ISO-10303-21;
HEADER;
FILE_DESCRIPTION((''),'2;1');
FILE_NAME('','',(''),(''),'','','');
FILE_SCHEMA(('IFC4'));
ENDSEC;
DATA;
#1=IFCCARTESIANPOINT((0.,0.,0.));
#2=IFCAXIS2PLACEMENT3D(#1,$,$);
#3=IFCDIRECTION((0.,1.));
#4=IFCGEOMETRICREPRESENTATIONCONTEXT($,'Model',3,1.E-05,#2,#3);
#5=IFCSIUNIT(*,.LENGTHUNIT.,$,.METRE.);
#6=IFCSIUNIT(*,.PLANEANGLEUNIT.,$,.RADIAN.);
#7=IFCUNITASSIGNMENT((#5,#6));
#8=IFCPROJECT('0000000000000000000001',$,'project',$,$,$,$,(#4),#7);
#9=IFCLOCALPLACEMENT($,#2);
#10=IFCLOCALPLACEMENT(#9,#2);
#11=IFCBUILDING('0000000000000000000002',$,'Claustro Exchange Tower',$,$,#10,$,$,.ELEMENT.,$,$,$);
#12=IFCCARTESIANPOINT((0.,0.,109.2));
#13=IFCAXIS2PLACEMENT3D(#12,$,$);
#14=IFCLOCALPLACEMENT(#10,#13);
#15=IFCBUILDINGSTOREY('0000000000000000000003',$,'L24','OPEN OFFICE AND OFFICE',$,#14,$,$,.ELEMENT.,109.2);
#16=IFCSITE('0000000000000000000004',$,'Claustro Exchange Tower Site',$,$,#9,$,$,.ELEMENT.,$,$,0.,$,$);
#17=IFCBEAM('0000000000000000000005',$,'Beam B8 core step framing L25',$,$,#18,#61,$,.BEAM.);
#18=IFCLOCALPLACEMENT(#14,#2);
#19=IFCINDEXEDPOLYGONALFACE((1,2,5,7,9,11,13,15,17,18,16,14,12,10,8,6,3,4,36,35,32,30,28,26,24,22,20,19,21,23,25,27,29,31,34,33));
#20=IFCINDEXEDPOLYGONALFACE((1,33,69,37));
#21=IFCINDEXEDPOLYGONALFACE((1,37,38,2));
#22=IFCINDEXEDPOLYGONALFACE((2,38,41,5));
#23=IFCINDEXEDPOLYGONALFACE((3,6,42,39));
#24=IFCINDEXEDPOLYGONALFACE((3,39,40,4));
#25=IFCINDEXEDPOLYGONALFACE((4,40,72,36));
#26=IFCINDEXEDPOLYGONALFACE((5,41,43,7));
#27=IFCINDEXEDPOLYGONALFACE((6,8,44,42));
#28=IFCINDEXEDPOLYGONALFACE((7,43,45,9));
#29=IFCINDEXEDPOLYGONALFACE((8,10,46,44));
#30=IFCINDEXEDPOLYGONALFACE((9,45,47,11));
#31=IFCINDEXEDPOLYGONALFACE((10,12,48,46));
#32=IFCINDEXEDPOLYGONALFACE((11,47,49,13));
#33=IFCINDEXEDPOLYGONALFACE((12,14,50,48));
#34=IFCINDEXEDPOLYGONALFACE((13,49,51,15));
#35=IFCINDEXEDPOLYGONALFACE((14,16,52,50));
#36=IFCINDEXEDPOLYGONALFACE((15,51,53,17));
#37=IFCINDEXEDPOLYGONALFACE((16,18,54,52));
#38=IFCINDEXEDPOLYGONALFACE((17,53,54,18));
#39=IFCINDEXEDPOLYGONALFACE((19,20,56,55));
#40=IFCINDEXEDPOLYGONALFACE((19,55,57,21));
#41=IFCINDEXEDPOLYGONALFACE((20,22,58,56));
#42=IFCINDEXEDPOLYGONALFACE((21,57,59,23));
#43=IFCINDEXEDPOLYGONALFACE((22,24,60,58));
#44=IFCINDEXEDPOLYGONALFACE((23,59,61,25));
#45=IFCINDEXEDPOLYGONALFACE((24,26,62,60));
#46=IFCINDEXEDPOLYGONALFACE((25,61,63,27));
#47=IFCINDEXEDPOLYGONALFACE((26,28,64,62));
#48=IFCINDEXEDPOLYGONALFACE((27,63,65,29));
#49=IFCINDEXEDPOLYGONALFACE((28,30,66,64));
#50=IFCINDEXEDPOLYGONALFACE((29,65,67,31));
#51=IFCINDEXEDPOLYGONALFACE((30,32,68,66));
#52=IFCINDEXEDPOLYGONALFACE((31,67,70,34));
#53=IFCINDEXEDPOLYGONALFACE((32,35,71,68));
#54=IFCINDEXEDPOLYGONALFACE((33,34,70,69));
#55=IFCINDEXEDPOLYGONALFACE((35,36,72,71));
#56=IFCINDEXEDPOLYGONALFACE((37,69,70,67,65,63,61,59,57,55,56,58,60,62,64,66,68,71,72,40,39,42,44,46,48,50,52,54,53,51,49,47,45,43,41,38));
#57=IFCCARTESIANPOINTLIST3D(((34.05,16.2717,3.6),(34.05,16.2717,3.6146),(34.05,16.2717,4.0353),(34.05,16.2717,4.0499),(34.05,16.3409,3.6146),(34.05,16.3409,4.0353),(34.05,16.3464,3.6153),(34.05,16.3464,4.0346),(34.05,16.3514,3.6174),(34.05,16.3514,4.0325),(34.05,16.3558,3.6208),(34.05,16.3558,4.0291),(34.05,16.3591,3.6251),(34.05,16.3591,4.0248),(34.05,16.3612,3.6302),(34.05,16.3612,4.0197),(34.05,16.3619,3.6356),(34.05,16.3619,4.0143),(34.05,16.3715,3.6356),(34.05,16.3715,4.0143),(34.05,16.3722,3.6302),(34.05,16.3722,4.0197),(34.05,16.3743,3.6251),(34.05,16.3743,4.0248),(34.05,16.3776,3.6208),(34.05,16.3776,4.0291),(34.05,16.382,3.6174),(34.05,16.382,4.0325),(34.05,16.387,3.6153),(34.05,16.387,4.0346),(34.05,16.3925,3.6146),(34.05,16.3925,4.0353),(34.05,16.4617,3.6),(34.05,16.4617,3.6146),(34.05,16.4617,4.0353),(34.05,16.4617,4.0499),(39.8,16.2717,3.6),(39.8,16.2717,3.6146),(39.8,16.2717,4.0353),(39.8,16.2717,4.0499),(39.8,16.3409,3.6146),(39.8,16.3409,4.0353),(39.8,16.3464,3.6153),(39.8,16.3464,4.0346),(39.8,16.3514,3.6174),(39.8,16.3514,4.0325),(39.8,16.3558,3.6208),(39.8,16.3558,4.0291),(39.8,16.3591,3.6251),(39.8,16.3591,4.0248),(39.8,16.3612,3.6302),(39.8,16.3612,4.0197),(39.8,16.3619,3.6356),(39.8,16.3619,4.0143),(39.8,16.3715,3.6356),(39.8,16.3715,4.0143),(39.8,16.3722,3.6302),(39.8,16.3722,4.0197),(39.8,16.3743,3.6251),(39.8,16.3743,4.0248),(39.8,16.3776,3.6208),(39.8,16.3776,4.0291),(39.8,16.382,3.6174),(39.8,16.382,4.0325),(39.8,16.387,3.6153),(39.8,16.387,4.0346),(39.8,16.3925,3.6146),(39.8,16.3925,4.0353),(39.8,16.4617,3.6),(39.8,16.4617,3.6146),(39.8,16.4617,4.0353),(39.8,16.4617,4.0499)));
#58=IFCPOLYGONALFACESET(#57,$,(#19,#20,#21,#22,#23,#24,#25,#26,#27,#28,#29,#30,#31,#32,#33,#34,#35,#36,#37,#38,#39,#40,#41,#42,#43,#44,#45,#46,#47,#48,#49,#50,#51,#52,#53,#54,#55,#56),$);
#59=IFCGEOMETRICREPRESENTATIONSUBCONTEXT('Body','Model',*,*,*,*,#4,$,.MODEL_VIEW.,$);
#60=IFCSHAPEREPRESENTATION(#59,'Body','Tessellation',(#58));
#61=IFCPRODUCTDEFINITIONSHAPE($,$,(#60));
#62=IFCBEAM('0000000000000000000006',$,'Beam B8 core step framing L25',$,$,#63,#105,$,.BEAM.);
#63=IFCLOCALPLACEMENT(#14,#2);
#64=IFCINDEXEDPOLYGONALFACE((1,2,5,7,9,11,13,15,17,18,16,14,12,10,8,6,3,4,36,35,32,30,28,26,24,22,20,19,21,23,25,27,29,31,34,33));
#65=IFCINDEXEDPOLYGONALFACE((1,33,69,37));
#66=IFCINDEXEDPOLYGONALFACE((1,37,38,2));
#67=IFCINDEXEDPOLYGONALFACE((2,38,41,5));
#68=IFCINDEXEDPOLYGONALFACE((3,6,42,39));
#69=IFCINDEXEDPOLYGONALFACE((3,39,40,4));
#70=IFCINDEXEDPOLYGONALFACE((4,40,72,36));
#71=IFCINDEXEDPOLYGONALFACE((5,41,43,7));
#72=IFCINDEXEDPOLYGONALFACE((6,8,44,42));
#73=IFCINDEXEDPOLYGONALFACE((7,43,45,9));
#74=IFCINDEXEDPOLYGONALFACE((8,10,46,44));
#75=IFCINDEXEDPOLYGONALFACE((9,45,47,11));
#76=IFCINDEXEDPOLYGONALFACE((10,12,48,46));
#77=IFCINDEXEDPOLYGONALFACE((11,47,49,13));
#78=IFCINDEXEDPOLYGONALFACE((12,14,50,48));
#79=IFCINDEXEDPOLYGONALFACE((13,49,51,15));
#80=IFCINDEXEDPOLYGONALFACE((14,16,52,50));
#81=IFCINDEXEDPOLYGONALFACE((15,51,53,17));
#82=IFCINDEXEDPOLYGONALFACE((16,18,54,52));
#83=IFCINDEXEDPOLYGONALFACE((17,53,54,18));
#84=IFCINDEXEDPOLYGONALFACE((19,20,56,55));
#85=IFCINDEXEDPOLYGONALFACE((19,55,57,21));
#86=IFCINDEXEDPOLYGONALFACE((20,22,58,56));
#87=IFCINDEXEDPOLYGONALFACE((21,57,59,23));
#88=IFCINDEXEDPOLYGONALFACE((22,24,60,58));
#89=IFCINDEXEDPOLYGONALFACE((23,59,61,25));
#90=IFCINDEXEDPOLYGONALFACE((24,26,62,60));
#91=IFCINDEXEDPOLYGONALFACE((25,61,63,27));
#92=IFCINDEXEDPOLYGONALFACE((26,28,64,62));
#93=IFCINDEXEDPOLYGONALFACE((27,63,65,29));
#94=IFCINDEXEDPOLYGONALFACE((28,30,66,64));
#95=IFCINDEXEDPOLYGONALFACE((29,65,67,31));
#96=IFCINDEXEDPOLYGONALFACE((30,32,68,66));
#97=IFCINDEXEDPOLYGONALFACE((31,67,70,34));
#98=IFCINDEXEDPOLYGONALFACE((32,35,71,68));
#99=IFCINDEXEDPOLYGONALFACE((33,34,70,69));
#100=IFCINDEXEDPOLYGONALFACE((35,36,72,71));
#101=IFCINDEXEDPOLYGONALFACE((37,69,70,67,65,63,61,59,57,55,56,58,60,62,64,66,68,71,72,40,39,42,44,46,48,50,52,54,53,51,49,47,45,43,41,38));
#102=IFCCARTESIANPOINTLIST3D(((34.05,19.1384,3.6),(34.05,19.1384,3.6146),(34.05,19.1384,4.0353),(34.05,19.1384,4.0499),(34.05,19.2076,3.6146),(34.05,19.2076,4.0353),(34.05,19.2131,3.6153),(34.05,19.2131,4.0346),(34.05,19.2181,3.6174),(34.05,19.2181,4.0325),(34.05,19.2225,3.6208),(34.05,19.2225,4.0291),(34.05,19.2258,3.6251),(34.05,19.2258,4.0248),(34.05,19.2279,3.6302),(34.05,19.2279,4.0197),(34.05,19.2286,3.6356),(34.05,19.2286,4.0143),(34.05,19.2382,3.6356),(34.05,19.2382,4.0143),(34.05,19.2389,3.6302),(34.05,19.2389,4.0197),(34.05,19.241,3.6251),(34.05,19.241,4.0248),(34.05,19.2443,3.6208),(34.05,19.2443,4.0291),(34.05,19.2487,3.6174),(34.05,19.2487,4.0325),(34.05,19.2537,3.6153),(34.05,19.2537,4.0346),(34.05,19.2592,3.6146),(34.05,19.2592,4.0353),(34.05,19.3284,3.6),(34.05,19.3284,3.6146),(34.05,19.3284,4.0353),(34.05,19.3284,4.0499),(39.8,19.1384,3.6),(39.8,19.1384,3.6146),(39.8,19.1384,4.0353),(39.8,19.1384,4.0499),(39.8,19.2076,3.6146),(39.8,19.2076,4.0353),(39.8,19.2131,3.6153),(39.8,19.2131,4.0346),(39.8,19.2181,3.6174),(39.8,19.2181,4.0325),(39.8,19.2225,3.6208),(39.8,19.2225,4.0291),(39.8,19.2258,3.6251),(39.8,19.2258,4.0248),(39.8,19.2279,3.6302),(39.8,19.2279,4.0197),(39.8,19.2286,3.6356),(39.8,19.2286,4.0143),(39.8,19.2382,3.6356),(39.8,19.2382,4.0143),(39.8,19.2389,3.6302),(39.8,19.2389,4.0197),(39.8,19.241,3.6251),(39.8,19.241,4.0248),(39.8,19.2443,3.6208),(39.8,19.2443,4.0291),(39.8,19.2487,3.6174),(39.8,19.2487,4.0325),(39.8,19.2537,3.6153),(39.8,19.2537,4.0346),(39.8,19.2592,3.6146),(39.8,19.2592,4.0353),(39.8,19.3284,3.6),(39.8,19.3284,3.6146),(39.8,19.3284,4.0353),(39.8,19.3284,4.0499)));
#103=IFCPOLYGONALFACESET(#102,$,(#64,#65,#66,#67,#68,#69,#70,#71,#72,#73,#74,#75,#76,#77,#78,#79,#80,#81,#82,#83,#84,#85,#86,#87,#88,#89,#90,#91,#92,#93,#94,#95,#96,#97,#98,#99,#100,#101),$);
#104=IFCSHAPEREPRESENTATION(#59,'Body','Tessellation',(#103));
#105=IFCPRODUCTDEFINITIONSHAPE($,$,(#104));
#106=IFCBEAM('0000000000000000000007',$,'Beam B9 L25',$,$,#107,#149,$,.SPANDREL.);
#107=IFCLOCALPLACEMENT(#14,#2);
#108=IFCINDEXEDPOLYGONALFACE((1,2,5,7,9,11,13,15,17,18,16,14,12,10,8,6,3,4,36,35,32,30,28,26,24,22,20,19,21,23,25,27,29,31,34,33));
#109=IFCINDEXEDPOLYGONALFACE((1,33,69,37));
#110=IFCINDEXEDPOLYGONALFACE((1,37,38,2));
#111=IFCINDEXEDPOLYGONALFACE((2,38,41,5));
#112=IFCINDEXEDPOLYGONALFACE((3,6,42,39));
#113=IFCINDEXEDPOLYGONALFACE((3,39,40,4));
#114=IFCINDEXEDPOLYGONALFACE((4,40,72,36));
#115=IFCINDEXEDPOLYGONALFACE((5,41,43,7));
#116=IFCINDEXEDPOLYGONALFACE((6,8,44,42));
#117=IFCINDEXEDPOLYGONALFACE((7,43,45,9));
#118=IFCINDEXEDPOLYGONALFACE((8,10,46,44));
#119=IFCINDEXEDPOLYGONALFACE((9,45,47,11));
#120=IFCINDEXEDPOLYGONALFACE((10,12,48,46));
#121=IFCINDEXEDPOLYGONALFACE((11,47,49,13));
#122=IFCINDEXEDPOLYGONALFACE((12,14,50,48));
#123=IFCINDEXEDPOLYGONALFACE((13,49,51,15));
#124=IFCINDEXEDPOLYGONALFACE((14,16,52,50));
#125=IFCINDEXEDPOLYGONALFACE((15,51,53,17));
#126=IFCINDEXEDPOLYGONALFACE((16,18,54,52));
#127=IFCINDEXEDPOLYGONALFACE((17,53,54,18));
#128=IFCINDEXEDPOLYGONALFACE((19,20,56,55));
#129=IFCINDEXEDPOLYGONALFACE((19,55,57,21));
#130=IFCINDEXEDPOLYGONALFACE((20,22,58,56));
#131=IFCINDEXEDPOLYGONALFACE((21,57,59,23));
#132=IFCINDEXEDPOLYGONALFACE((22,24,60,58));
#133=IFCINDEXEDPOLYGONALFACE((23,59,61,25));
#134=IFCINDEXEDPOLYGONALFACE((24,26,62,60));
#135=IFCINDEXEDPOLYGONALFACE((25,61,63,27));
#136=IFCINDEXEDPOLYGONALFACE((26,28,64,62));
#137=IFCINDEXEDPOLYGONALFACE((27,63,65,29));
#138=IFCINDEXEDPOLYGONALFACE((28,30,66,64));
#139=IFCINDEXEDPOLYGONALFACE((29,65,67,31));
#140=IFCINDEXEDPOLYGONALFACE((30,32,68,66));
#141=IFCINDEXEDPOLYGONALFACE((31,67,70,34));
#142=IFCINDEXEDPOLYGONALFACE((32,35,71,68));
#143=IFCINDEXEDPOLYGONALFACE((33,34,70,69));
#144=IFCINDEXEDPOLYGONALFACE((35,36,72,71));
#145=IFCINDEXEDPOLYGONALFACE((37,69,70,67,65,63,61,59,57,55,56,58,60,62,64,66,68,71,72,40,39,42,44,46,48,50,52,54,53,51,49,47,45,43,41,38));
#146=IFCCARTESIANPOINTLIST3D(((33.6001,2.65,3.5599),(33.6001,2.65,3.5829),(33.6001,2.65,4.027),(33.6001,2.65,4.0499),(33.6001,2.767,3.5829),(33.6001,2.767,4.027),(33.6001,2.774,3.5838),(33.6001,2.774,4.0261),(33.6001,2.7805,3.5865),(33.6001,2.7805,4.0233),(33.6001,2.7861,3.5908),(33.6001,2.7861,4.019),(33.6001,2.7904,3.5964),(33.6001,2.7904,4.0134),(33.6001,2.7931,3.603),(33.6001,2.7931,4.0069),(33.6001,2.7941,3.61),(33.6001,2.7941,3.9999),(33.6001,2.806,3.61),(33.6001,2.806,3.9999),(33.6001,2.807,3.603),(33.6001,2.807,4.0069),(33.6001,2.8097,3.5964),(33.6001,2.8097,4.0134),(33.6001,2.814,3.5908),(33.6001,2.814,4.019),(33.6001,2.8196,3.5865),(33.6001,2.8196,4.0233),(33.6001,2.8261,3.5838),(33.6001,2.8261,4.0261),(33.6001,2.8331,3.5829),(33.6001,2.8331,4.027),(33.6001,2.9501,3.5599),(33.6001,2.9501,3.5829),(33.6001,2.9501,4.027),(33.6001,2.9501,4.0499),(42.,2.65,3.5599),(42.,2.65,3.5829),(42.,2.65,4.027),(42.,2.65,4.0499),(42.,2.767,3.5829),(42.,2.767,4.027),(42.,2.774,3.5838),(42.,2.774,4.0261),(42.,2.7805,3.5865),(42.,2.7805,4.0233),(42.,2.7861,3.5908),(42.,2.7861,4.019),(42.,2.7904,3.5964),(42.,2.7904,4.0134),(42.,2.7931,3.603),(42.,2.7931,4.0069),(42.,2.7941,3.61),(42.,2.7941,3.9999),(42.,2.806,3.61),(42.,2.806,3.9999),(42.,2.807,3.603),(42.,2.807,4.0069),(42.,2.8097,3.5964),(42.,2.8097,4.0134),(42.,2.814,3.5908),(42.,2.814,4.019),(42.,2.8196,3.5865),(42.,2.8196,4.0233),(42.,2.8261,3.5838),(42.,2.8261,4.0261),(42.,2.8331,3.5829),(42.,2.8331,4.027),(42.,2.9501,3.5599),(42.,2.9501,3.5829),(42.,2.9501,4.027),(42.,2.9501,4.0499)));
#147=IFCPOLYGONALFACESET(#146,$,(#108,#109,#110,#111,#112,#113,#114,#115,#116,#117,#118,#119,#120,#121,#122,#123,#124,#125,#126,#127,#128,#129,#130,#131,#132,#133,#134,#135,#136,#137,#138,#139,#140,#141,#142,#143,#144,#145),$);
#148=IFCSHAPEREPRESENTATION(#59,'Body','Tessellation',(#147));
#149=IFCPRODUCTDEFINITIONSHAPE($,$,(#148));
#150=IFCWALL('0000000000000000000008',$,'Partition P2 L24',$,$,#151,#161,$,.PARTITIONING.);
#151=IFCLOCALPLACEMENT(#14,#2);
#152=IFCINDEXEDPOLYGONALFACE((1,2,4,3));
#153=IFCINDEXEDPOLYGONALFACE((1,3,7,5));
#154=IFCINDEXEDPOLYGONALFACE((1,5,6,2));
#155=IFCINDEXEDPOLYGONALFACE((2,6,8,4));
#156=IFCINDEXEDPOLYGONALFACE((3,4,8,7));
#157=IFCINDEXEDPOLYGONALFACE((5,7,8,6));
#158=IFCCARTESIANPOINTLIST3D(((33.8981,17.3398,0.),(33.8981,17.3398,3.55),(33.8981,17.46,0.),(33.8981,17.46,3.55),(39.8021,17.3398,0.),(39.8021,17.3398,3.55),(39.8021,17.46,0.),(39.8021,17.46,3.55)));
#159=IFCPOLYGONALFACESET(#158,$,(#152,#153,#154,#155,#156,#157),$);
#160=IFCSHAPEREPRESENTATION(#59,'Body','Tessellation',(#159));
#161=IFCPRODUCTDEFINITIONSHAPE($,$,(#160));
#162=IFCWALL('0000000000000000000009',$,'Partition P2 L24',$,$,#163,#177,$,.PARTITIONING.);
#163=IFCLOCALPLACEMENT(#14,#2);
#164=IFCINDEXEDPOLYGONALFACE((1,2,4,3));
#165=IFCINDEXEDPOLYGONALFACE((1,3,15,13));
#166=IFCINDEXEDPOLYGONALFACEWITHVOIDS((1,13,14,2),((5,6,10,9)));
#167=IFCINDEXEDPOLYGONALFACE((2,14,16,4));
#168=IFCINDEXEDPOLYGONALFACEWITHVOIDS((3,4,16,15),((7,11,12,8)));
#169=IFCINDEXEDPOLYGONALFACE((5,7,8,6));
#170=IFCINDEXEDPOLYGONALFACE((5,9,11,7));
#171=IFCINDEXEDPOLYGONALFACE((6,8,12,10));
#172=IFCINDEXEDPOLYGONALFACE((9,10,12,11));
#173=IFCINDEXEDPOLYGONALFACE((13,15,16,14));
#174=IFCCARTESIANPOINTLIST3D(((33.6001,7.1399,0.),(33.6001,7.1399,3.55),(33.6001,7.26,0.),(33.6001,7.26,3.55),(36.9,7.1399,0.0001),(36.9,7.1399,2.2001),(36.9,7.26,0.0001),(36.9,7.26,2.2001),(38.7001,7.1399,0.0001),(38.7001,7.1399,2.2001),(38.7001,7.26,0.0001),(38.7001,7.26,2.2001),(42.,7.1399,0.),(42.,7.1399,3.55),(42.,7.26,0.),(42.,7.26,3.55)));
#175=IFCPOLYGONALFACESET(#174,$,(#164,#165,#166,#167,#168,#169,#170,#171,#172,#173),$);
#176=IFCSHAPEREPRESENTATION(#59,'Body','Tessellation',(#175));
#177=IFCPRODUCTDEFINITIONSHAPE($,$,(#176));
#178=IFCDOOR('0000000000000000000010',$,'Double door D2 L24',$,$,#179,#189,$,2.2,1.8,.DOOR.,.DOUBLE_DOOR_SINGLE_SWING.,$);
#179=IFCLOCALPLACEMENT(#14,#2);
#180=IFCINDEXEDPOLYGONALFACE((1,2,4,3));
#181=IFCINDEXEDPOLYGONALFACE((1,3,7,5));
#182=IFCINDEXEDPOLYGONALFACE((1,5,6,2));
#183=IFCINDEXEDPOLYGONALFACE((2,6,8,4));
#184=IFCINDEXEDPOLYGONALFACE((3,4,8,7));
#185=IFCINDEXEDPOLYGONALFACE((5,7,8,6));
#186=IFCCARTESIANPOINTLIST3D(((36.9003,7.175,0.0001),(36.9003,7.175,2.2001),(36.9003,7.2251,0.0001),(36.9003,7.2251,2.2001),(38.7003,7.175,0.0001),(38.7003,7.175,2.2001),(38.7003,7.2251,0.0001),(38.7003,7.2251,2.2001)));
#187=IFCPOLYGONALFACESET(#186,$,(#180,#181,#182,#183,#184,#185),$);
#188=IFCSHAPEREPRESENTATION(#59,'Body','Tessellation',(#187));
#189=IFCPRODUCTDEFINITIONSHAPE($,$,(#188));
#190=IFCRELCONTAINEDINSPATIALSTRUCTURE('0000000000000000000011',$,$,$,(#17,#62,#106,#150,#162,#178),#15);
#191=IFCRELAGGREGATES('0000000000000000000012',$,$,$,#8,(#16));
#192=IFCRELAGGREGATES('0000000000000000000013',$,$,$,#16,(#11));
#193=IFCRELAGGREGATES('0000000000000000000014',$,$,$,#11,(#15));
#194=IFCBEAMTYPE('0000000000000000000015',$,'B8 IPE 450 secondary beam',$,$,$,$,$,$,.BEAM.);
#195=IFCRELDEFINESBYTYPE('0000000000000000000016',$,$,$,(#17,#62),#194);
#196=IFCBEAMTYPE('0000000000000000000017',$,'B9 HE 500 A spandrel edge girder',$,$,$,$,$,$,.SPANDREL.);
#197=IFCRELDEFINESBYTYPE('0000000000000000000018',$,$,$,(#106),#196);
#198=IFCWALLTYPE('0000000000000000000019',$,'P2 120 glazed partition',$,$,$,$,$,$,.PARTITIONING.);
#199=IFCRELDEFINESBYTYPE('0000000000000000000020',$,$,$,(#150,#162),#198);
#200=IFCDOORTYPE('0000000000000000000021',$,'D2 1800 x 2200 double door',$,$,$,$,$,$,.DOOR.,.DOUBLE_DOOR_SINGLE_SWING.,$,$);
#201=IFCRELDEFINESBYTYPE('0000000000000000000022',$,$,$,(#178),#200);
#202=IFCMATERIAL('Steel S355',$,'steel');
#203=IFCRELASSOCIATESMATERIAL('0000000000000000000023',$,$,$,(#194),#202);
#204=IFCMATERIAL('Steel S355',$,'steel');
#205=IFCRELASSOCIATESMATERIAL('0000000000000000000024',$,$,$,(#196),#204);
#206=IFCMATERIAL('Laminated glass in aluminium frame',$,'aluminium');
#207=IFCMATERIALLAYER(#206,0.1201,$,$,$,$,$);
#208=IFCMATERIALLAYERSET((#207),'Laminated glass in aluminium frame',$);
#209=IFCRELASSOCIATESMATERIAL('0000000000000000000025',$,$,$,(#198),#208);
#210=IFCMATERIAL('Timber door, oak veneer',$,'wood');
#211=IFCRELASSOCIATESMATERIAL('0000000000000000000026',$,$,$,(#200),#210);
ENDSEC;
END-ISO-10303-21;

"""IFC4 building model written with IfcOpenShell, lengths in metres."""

from ifc_helpers import new_model, si_unit, direction, frame, frame_2d, origin, origin_2d, place, context, subcontext, project, spatial, rectangle, i_section, extrude, material, layer, layer_set, material_profile, profile_set, type_object, element, fill, save


model = new_model("IFC4")

# Units and contexts
model_context = context("Model", 3, precision=1e-05, world=origin(), true_north=direction((0.0, 1.0)))
body_context = subcontext(model_context, "Body", "Model", "MODEL_VIEW")
ifc_project = project(units=[si_unit("LENGTHUNIT", "METRE"), si_unit("PLANEANGLEUNIT", "RADIAN")], contexts=[model_context])

# Site, building, storey
site_placement = place(None, origin())
site = spatial("IfcSite", under=ifc_project, at=site_placement, Name="Claustro Exchange Tower Site", CompositionType="ELEMENT", RefElevation=0.0)
building_placement = place(site_placement, origin())
building = spatial("IfcBuilding", under=site, at=building_placement, Name="Claustro Exchange Tower", CompositionType="ELEMENT")
storey_placement = place(building_placement, frame((0.0, 0.0, 109.2)))
storey = spatial("IfcBuildingStorey", under=building, at=storey_placement, Name="L24", Description="OPEN OFFICE AND OFFICE", CompositionType="ELEMENT", Elevation=109.2)

# Beams
ifc_material_1 = material(Name="Steel S355", Category="steel")
ifc_material_profile_1 = material_profile(ifc_material_1, i_section(OverallWidth=0.1899, OverallDepth=0.45, WebThickness=0.0095, FlangeThickness=0.0146, FilletRadius=0.021, at=origin_2d()), Name="IPE 450")
ifc_profile_set_1 = profile_set([ifc_material_profile_1], Name="Steel S355")
beam_type_1 = type_object("IfcBeamType", Name="B8 IPE 450 secondary beam", PredefinedType="BEAM", material=ifc_profile_set_1)
for number, where, z_axis, x_axis, name in (
    (1, (34.05, 16.3667, 3.825), (1.0, 0.0, 0.0), (0.0, 1.0, 0.0), "Beam B8 core step framing L25"),
    (2, (34.05, 19.2334, 3.825), (1.0, 0.0, 0.0), (0.0, 1.0, 0.0), "Beam B8 core step framing L25"),
):
    element("IfcBeam", number, at=place(storey_placement, frame(where, z_axis=z_axis, x_axis=x_axis)), inside=storey, type_object=beam_type_1, Name=name, PredefinedType="BEAM", context=body_context, shape_type="SweptSolid", body=[
        extrude(i_section(OverallWidth=0.1899, OverallDepth=0.45, WebThickness=0.0095, FlangeThickness=0.0146, FilletRadius=0.021, at=origin_2d()), origin(), (0.0, 0.0, 1.0), 5.75),
    ])
ifc_material_2 = material(Name="Steel S355", Category="steel")
ifc_material_profile_2 = material_profile(ifc_material_2, i_section(OverallWidth=0.3, OverallDepth=0.49, WebThickness=0.012, FlangeThickness=0.0229, FilletRadius=0.0271, at=origin_2d()), Name="HE 500 A")
ifc_profile_set_2 = profile_set([ifc_material_profile_2], Name="Steel S355")
beam_type_2 = type_object("IfcBeamType", Name="B9 HE 500 A spandrel edge girder", PredefinedType="SPANDREL", material=ifc_profile_set_2)
beam_1_placement = place(storey_placement, frame((33.6001, 2.8, 3.8049), z_axis=(1.0, 0.0, 0.0), x_axis=(0.0, 1.0, 0.0)))
element("IfcBeam", 3, at=beam_1_placement, inside=storey, type_object=beam_type_2, Name="Beam B9 L25", PredefinedType="SPANDREL", context=body_context, shape_type="SweptSolid", body=[
    extrude(i_section(OverallWidth=0.3, OverallDepth=0.49, WebThickness=0.012, FlangeThickness=0.0229, FilletRadius=0.0271, at=origin_2d()), origin(), (0.0, 0.0, 1.0), 8.3999),
])

# Wall
ifc_material_3 = material(Name="Laminated glass in aluminium frame", Category="aluminium")
ifc_layer_1 = layer(ifc_material_3, 0.1201)
ifc_layer_set_1 = layer_set([ifc_layer_1], Name="Laminated glass in aluminium frame")
wall_type_1 = type_object("IfcWallType", Name="P2 120 glazed partition", PredefinedType="PARTITIONING", material=ifc_layer_set_1)
wall_1_placement = place(storey_placement, frame((33.8979, 17.3999, 0.0), z_axis=(0.0, 0.0, 1.0), x_axis=(1.0, 0.0, 0.0)))
element("IfcWall", 4, at=wall_1_placement, inside=storey, type_object=wall_type_1, Name="Partition P2 L24", PredefinedType="PARTITIONING", context=body_context, shape_type="SweptSolid", body=[
    extrude(rectangle(XDim=5.9041, YDim=0.1201, at=frame_2d((2.9521, 0.0))), origin(), (0.0, 0.0, 1.0), 3.55),
])

# Wall, opening, door
wall_2_placement = place(storey_placement, frame((33.6001, 7.2, 0.0), z_axis=(0.0, 0.0, 1.0), x_axis=(1.0, 0.0, 0.0)))
wall_2 = element("IfcWall", 5, at=wall_2_placement, inside=storey, type_object=wall_type_1, Name="Partition P2 L24", PredefinedType="PARTITIONING", context=body_context, shape_type="SweptSolid", body=[
    extrude(rectangle(XDim=8.3999, YDim=0.1201, at=frame_2d((4.2, 0.0))), origin(), (0.0, 0.0, 1.0), 3.55),
])
opening_1_placement = place(wall_2_placement, frame((3.3, 0.0, 0.0)))
opening_1 = element("IfcOpeningElement", 6, at=opening_1_placement, cuts=wall_2, PredefinedType="OPENING", context=body_context, shape_type="SweptSolid", body=[
    extrude(rectangle(XDim=1.8, YDim=2.2, at=frame_2d((0.8999, 1.1001))), frame((0.0, 0.0701, 0.0), z_axis=(0.0, -1.0, 0.0), x_axis=(1.0, 0.0, 0.0)), (0.0, 0.0, 1.0), 0.1401),
])
ifc_material_4 = material(Name="Timber door, oak veneer", Category="wood")
door_type_1 = type_object("IfcDoorType", Name="D2 1800 x 2200 double door", OperationType="DOUBLE_DOOR_SINGLE_SWING", PredefinedType="DOOR", material=ifc_material_4)
door_1_placement = place(opening_1_placement, frame((1.8, 0.0, 0.0), z_axis=(0.0, 0.0, 1.0), x_axis=(-1.0, 0.0, 0.0)))
door_1 = element("IfcDoor", 7, at=door_1_placement, inside=storey, type_object=door_type_1, Name="Double door D2 L24", OperationType="DOUBLE_DOOR_SINGLE_SWING", OverallHeight=2.2, OverallWidth=1.8, PredefinedType="DOOR", context=body_context, shape_type="SweptSolid", body=[
    extrude(rectangle(XDim=1.8, YDim=2.2, at=frame_2d((0.8999, 1.1001))), frame((0.0, 0.0249, 0.0), z_axis=(0.0, -1.0, 0.0), x_axis=(1.0, 0.0, 0.0)), (0.0, 0.0, 1.0), 0.05),
])
fill(opening_1, door_1)

save(model, "model.ifc")
